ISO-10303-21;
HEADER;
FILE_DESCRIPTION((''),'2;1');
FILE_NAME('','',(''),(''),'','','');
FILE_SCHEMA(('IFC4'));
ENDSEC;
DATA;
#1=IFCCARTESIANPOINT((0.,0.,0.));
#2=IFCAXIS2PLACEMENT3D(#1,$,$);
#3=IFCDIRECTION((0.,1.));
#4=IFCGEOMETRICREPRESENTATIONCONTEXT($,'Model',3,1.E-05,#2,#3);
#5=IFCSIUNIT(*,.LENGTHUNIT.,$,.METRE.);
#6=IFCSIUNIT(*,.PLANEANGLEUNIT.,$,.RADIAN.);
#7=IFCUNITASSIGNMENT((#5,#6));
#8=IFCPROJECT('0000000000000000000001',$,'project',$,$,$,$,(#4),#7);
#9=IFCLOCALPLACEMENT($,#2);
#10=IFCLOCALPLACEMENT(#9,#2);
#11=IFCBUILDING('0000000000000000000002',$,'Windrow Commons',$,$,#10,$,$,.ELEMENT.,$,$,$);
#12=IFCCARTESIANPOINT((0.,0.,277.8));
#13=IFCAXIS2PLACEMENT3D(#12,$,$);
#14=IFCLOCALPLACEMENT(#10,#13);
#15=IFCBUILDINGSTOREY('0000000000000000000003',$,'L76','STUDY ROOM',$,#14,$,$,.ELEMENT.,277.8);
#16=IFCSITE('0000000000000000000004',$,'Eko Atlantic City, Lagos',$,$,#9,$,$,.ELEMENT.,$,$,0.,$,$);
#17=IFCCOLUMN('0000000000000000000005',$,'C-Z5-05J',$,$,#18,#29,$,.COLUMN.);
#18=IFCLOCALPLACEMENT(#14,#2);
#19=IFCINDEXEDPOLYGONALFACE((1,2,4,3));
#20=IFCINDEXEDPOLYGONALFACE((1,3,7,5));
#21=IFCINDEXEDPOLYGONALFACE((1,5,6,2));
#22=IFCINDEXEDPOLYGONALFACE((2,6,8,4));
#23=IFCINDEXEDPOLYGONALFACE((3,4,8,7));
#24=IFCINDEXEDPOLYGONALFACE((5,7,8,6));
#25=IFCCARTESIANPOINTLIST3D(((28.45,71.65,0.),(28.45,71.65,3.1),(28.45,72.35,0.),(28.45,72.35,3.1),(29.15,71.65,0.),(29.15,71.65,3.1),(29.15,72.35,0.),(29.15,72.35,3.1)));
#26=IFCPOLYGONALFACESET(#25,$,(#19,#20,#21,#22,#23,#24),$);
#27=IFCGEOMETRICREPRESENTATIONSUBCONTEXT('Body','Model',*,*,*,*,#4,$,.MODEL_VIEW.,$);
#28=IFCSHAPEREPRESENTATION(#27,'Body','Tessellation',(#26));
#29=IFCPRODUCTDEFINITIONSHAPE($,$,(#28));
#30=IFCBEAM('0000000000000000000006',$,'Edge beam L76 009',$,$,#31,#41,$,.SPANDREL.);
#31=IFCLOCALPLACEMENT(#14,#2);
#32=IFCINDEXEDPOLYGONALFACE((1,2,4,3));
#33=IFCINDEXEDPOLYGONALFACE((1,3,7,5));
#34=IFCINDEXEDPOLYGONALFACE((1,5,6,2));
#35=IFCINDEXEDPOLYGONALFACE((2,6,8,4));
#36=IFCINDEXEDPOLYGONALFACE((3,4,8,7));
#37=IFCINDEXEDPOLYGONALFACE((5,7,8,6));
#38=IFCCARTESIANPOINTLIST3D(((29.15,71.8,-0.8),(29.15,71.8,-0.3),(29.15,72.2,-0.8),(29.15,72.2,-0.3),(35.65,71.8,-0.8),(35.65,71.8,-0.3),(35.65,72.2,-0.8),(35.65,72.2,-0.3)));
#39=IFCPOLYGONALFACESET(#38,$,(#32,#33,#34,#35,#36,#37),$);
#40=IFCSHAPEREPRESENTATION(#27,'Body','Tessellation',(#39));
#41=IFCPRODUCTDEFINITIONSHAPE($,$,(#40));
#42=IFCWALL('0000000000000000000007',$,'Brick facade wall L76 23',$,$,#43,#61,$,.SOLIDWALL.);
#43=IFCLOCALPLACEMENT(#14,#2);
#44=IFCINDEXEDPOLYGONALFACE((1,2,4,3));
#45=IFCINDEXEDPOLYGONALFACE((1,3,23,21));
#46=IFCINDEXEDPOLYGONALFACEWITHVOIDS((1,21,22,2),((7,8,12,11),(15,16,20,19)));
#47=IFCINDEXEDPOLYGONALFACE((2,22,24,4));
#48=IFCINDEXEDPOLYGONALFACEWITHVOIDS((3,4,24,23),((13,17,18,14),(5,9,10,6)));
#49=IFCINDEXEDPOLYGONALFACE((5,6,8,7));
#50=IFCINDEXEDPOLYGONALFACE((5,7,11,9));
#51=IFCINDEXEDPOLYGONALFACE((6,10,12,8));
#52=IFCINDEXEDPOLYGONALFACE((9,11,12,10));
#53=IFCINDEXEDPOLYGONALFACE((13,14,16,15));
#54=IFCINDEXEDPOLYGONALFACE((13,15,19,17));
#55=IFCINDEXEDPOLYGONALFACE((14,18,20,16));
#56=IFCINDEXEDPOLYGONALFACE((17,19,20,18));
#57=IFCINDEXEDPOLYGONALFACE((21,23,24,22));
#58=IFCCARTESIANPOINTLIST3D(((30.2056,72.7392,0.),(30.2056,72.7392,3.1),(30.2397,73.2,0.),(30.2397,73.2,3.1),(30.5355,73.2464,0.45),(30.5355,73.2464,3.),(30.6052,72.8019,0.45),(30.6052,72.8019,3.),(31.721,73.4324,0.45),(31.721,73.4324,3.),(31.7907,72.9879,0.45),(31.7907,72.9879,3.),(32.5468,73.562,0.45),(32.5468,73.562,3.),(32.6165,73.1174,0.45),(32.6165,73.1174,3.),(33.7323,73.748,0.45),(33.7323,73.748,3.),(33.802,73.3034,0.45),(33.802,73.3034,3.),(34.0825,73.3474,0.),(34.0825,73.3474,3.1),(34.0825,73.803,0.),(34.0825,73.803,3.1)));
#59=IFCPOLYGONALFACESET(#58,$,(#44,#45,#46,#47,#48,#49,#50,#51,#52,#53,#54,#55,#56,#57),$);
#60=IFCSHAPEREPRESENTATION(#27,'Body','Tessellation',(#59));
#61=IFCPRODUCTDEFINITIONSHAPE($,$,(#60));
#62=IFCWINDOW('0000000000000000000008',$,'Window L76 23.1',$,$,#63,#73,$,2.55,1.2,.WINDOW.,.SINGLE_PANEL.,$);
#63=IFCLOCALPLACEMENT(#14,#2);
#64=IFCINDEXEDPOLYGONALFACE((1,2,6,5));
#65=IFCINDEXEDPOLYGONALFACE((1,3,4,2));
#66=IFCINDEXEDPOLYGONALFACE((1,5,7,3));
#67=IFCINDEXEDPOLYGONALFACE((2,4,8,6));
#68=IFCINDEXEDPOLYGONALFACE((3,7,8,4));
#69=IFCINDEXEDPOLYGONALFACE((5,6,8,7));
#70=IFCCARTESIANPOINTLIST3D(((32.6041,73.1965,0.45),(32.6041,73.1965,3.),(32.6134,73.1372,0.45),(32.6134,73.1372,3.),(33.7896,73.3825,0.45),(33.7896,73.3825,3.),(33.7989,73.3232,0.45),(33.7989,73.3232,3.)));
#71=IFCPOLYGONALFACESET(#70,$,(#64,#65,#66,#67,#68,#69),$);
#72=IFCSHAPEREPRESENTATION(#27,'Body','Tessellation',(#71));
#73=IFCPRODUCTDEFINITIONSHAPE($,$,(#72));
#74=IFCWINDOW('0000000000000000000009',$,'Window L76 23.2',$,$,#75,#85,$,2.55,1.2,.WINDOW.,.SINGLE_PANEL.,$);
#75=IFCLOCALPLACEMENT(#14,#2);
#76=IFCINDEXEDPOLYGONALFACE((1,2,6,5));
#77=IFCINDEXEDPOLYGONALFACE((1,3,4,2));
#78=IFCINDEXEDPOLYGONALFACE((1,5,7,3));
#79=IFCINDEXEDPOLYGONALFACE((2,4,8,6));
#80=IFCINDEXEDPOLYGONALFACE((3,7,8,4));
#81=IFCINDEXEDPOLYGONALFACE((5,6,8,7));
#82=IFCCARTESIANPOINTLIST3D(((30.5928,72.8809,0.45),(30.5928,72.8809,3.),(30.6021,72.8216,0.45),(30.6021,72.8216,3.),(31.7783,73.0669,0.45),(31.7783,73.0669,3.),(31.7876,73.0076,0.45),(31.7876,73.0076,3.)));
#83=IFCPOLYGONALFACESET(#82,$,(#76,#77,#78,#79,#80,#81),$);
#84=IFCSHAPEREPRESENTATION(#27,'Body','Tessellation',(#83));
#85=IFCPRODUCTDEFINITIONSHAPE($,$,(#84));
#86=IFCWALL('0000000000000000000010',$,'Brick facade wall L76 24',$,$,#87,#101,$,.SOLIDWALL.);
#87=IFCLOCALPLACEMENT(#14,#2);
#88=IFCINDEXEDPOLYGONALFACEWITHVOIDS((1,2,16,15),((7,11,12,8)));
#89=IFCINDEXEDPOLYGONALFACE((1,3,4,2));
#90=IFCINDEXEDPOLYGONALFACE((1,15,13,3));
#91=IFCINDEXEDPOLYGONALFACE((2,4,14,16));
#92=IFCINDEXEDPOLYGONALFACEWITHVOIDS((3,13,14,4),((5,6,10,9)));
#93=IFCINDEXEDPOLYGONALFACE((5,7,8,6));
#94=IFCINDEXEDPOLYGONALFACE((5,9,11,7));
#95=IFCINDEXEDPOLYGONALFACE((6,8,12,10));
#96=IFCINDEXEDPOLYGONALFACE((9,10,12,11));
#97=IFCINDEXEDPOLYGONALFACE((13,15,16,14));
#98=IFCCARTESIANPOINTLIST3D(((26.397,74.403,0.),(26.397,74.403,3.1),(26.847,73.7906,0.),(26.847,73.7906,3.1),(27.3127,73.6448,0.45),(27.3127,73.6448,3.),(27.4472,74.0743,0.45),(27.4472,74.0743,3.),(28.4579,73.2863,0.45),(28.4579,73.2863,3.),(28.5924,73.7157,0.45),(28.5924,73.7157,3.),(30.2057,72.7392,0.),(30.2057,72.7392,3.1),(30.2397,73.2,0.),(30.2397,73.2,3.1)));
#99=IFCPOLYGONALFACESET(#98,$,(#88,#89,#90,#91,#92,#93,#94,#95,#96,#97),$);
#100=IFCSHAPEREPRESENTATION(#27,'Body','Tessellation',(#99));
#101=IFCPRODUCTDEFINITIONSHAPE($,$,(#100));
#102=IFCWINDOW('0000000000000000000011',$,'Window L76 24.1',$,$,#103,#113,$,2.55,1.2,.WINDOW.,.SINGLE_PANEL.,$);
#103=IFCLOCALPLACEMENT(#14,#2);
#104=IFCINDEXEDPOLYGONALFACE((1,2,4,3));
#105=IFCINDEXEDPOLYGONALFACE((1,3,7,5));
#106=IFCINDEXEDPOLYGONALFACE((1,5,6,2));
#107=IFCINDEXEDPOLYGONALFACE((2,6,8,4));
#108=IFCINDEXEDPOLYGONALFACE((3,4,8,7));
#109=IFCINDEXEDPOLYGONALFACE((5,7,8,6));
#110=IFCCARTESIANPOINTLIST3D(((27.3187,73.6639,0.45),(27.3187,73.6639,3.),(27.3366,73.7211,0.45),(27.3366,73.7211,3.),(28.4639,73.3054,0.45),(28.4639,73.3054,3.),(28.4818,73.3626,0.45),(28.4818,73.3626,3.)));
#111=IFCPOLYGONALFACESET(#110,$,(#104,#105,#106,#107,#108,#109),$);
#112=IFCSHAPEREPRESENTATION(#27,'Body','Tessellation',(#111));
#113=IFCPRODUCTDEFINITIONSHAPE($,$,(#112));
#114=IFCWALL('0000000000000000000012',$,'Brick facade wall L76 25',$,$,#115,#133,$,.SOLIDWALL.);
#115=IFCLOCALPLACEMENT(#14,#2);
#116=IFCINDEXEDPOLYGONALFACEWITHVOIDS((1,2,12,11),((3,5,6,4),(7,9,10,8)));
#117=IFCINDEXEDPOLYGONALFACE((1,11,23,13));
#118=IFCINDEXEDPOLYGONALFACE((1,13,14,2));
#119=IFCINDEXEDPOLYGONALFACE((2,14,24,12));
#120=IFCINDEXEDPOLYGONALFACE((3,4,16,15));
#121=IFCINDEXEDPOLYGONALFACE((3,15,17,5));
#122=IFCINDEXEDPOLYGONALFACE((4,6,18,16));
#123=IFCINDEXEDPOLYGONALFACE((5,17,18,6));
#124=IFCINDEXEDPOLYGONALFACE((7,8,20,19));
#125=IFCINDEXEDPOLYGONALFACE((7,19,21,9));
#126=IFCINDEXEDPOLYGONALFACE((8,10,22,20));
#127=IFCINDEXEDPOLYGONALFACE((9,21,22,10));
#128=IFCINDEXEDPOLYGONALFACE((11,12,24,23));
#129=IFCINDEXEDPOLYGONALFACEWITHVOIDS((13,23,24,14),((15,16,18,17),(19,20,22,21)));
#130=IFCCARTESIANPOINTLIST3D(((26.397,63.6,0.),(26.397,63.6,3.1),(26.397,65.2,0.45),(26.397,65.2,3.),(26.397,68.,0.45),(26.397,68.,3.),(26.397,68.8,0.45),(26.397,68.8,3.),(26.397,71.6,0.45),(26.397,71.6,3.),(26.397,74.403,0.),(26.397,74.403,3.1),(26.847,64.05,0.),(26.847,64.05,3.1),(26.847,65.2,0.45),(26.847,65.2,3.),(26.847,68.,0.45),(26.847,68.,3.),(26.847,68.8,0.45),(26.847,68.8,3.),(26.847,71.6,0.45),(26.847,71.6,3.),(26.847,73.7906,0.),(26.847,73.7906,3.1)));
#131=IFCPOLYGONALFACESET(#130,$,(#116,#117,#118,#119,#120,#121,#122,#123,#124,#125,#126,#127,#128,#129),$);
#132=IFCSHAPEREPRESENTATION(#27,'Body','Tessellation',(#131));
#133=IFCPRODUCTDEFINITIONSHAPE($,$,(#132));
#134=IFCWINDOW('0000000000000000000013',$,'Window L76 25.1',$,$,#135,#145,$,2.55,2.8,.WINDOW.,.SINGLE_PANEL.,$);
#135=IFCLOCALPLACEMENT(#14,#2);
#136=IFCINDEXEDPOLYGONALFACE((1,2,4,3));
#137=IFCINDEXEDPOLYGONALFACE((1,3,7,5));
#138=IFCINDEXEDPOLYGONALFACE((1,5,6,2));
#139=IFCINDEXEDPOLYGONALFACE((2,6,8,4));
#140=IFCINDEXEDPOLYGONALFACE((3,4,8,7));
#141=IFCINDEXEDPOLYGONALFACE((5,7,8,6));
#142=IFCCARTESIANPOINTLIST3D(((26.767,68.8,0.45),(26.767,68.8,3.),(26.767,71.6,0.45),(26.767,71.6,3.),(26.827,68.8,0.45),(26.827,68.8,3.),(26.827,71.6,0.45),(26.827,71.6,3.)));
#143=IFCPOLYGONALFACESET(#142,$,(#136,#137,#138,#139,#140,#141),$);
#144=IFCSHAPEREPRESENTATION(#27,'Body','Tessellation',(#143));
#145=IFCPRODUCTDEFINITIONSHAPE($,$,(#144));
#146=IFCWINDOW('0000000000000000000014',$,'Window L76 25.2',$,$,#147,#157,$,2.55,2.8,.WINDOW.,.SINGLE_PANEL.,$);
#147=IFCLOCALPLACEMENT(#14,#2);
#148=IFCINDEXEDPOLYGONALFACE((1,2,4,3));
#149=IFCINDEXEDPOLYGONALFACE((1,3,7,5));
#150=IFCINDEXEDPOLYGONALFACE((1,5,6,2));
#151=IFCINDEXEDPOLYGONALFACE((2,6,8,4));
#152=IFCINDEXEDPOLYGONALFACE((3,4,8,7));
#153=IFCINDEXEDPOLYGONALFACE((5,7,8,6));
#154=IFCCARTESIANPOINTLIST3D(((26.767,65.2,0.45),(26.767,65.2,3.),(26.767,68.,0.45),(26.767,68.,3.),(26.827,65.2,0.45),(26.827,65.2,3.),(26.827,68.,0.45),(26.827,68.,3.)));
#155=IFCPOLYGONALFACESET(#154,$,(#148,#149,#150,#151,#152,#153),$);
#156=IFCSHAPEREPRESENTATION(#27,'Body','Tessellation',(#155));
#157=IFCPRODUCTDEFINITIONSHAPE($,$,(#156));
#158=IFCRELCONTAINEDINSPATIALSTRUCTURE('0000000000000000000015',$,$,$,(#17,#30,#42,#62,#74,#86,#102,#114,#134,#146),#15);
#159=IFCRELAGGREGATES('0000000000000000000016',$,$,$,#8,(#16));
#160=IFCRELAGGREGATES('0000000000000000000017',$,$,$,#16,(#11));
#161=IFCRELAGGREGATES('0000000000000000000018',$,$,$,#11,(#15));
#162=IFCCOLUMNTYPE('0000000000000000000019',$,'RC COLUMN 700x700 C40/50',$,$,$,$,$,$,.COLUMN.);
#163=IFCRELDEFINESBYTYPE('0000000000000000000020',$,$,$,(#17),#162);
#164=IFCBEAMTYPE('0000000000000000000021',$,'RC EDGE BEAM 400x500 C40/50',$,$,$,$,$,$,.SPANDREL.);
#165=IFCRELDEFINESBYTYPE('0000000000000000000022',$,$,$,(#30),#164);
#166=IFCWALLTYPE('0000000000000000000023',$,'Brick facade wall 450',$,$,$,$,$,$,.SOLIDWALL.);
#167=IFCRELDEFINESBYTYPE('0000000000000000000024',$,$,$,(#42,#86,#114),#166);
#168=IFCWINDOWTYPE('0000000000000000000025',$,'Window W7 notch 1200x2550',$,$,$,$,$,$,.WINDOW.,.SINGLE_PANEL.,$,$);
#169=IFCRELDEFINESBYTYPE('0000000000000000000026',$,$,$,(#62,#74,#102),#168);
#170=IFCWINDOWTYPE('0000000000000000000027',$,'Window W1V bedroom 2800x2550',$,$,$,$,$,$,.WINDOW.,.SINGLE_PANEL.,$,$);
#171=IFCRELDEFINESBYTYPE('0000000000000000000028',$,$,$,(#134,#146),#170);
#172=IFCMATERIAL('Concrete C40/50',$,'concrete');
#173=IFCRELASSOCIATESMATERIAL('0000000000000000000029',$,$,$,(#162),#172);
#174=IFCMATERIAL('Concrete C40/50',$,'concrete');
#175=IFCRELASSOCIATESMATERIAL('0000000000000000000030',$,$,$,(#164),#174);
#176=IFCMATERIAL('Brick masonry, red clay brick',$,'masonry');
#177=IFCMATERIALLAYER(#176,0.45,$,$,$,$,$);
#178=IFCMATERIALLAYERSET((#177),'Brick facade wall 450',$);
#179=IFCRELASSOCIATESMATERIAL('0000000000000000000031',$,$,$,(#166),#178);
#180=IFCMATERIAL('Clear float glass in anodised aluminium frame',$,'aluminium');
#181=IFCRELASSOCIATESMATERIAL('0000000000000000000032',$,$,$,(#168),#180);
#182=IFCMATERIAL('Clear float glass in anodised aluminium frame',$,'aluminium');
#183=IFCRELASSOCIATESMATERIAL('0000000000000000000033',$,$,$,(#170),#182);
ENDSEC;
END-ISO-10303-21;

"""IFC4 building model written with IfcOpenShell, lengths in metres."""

from ifc_helpers import new_model, si_unit, direction, frame, frame_2d, origin, origin_2d, place, context, subcontext, project, spatial, polyline, rectangle, outline, extrude, material, layer, layer_set, material_profile, profile_set, type_object, element, fill, save


model = new_model("IFC4")

# Units and contexts
model_context = context("Model", 3, precision=1e-05, world=origin(), true_north=direction((0.0, 1.0)))
body_context = subcontext(model_context, "Body", "Model", "MODEL_VIEW")
ifc_project = project(units=[si_unit("LENGTHUNIT", "METRE"), si_unit("PLANEANGLEUNIT", "RADIAN")], contexts=[model_context])

# Site, building, storey
site_placement = place(None, origin())
site = spatial("IfcSite", under=ifc_project, at=site_placement, Name="Eko Atlantic City, Lagos", CompositionType="ELEMENT", RefElevation=0.0)
building_placement = place(site_placement, origin())
building = spatial("IfcBuilding", under=site, at=building_placement, Name="Windrow Commons", CompositionType="ELEMENT")
storey_placement = place(building_placement, frame((0.0, 0.0, 277.8)))
storey = spatial("IfcBuildingStorey", under=building, at=storey_placement, Name="L76", Description="STUDY ROOM", CompositionType="ELEMENT", Elevation=277.8)

# Column
ifc_material_1 = material(Name="Concrete C40/50", Category="concrete")
ifc_material_profile_1 = material_profile(ifc_material_1, rectangle(XDim=0.7, YDim=0.7, at=origin_2d()))
ifc_profile_set_1 = profile_set([ifc_material_profile_1], Name="Concrete C40/50")
column_type = type_object("IfcColumnType", Name="RC COLUMN 700x700 C40/50", PredefinedType="COLUMN", material=ifc_profile_set_1)
column_placement = place(storey_placement, frame((28.8, 72.0, 0.0), z_axis=(0.0, 0.0, 1.0), x_axis=(1.0, 0.0, 0.0)))
element("IfcColumn", 1, at=column_placement, inside=storey, type_object=column_type, Name="C-Z5-05J", PredefinedType="COLUMN", context=body_context, shape_type="SweptSolid", body=[
    extrude(rectangle(XDim=0.7, YDim=0.7, at=origin_2d()), origin(), (0.0, 0.0, 1.0), 3.1),
])

# Beam
ifc_material_2 = material(Name="Concrete C40/50", Category="concrete")
ifc_material_profile_2 = material_profile(ifc_material_2, rectangle(XDim=0.4, YDim=0.5, at=origin_2d()))
ifc_profile_set_2 = profile_set([ifc_material_profile_2], Name="Concrete C40/50")
beam_type = type_object("IfcBeamType", Name="RC EDGE BEAM 400x500 C40/50", PredefinedType="SPANDREL", material=ifc_profile_set_2)
beam_placement = place(storey_placement, frame((29.15, 72.0, -0.55), z_axis=(1.0, 0.0, 0.0), x_axis=(0.0, 1.0, 0.0)))
element("IfcBeam", 2, at=beam_placement, inside=storey, type_object=beam_type, Name="Edge beam L76 009", PredefinedType="SPANDREL", context=body_context, shape_type="SweptSolid", body=[
    extrude(rectangle(XDim=0.4, YDim=0.5, at=origin_2d()), origin(), (0.0, 0.0, 1.0), 6.5),
])

# Wall, openings, windows
ifc_material_3 = material(Name="Brick masonry, red clay brick", Category="masonry")
ifc_layer_1 = layer(ifc_material_3, 0.45)
ifc_layer_set_1 = layer_set([ifc_layer_1], Name="Brick facade wall 450")
wall_type_1 = type_object("IfcWallType", Name="Brick facade wall 450", PredefinedType="SOLIDWALL", material=ifc_layer_set_1)
wall_1_placement = place(storey_placement, frame((34.0825, 73.5752, 0.0), z_axis=(0.0, 0.0, 1.0), x_axis=(-0.987914, -0.155003, 0.0)))
wall_1 = element("IfcWall", 3, at=wall_1_placement, inside=storey, type_object=wall_type_1, Name="Brick facade wall L76 23", PredefinedType="SOLIDWALL", context=body_context, shape_type="SweptSolid", body=[
    extrude(outline(polyline([(-0.0353, -0.225), (3.8545, -0.225), (3.9596, 0.225), (0.0353, 0.225), (-0.0353, -0.225)])), origin(), (0.0, 0.0, 1.0), 3.1),
])
opening_1_placement = place(wall_1_placement, frame((0.3192, 0.0, 0.45)))
opening_1 = element("IfcOpeningElement", 4, at=opening_1_placement, cuts=wall_1, PredefinedType="OPENING", context=body_context, shape_type="SweptSolid", body=[
    extrude(rectangle(XDim=1.2, YDim=2.55, at=frame_2d((0.6, 1.275))), frame((0.0, 0.235, 0.0), z_axis=(0.0, -1.0, 0.0), x_axis=(1.0, 0.0, 0.0)), (0.0, 0.0, 1.0), 0.47),
])
opening_2_placement = place(wall_1_placement, frame((2.3551, 0.0, 0.45)))
opening_2 = element("IfcOpeningElement", 5, at=opening_2_placement, cuts=wall_1, PredefinedType="OPENING", context=body_context, shape_type="SweptSolid", body=[
    extrude(rectangle(XDim=1.2, YDim=2.55, at=frame_2d((0.6, 1.275))), frame((0.0, 0.235, 0.0), z_axis=(0.0, -1.0, 0.0), x_axis=(1.0, 0.0, 0.0)), (0.0, 0.0, 1.0), 0.47),
])
ifc_material_4 = material(Name="Clear float glass in anodised aluminium frame", Category="aluminium")
window_type_1 = type_object("IfcWindowType", Name="Window W7 notch 1200x2550", PartitioningType="SINGLE_PANEL", PredefinedType="WINDOW", material=ifc_material_4)
window_1_placement = place(opening_1_placement, origin())
window_1 = element("IfcWindow", 6, at=window_1_placement, inside=storey, type_object=window_type_1, Name="Window L76 23.1", OverallHeight=2.55, OverallWidth=1.2, PartitioningType="SINGLE_PANEL", PredefinedType="WINDOW", context=body_context, shape_type="SweptSolid", body=[
    extrude(rectangle(XDim=1.2, YDim=2.55, at=frame_2d((0.6, 1.275))), frame((0.0, 0.205, 0.0), z_axis=(0.0, -1.0, 0.0), x_axis=(1.0, 0.0, 0.0)), (0.0, 0.0, 1.0), 0.06),
])
fill(opening_1, window_1)
window_2_placement = place(opening_2_placement, origin())
window_2 = element("IfcWindow", 7, at=window_2_placement, inside=storey, type_object=window_type_1, Name="Window L76 23.2", OverallHeight=2.55, OverallWidth=1.2, PartitioningType="SINGLE_PANEL", PredefinedType="WINDOW", context=body_context, shape_type="SweptSolid", body=[
    extrude(rectangle(XDim=1.2, YDim=2.55, at=frame_2d((0.6, 1.275))), frame((0.0, 0.205, 0.0), z_axis=(0.0, -1.0, 0.0), x_axis=(1.0, 0.0, 0.0)), (0.0, 0.0, 1.0), 0.06),
])
fill(opening_2, window_2)

# Wall, opening, window
wall_2_placement = place(storey_placement, frame((30.2227, 72.9696, 0.0), z_axis=(0.0, 0.0, 1.0), x_axis=(-0.95433, 0.298753, 0.0)))
wall_2 = element("IfcWall", 8, at=wall_2_placement, inside=storey, type_object=wall_type_1, Name="Brick facade wall L76 24", PredefinedType="SOLIDWALL", context=body_context, shape_type="SweptSolid", body=[
    extrude(outline(polyline([(0.0526, -0.225), (4.0792, -0.225), (3.4668, 0.225), (-0.0526, 0.225), (0.0526, -0.225)])), origin(), (0.0, 0.0, 1.0), 3.1),
])
opening_3_placement = place(wall_2_placement, frame((1.7788, 0.0, 0.45)))
opening_3 = element("IfcOpeningElement", 9, at=opening_3_placement, cuts=wall_2, PredefinedType="OPENING", context=body_context, shape_type="SweptSolid", body=[
    extrude(rectangle(XDim=1.2, YDim=2.55, at=frame_2d((0.6, 1.275))), frame((0.0, 0.235, 0.0), z_axis=(0.0, -1.0, 0.0), x_axis=(1.0, 0.0, 0.0)), (0.0, 0.0, 1.0), 0.47),
])
window_3_placement = place(opening_3_placement, origin())
window_3 = element("IfcWindow", 10, at=window_3_placement, inside=storey, type_object=window_type_1, Name="Window L76 24.1", OverallHeight=2.55, OverallWidth=1.2, PartitioningType="SINGLE_PANEL", PredefinedType="WINDOW", context=body_context, shape_type="SweptSolid", body=[
    extrude(rectangle(XDim=1.2, YDim=2.55, at=frame_2d((0.6, 1.275))), frame((0.0, 0.205, 0.0), z_axis=(0.0, -1.0, 0.0), x_axis=(1.0, 0.0, 0.0)), (0.0, 0.0, 1.0), 0.06),
])
fill(opening_3, window_3)

# Wall, openings, windows
wall_3_placement = place(storey_placement, frame((26.622, 74.0968, 0.0), z_axis=(0.0, 0.0, 1.0), x_axis=(0.0, -1.0, 0.0)))
wall_3 = element("IfcWall", 11, at=wall_3_placement, inside=storey, type_object=wall_type_1, Name="Brick facade wall L76 25", PredefinedType="SOLIDWALL", context=body_context, shape_type="SweptSolid", body=[
    extrude(outline(polyline([(-0.3062, -0.225), (10.4968, -0.225), (10.0468, 0.225), (0.3062, 0.225), (-0.3062, -0.225)])), origin(), (0.0, 0.0, 1.0), 3.1),
])
opening_4_placement = place(wall_3_placement, frame((2.4968, 0.0, 0.45)))
opening_4 = element("IfcOpeningElement", 12, at=opening_4_placement, cuts=wall_3, PredefinedType="OPENING", context=body_context, shape_type="SweptSolid", body=[
    extrude(rectangle(XDim=2.8, YDim=2.55, at=frame_2d((1.4, 1.275))), frame((0.0, 0.235, 0.0), z_axis=(0.0, -1.0, 0.0), x_axis=(1.0, 0.0, 0.0)), (0.0, 0.0, 1.0), 0.47),
])
opening_5_placement = place(wall_3_placement, frame((6.0968, 0.0, 0.45)))
opening_5 = element("IfcOpeningElement", 13, at=opening_5_placement, cuts=wall_3, PredefinedType="OPENING", context=body_context, shape_type="SweptSolid", body=[
    extrude(rectangle(XDim=2.8, YDim=2.55, at=frame_2d((1.4, 1.275))), frame((0.0, 0.235, 0.0), z_axis=(0.0, -1.0, 0.0), x_axis=(1.0, 0.0, 0.0)), (0.0, 0.0, 1.0), 0.47),
])
ifc_material_5 = material(Name="Clear float glass in anodised aluminium frame", Category="aluminium")
window_type_2 = type_object("IfcWindowType", Name="Window W1V bedroom 2800x2550", PartitioningType="SINGLE_PANEL", PredefinedType="WINDOW", material=ifc_material_5)
window_4_placement = place(opening_4_placement, origin())
window_4 = element("IfcWindow", 14, at=window_4_placement, inside=storey, type_object=window_type_2, Name="Window L76 25.1", OverallHeight=2.55, OverallWidth=2.8, PartitioningType="SINGLE_PANEL", PredefinedType="WINDOW", context=body_context, shape_type="SweptSolid", body=[
    extrude(rectangle(XDim=2.8, YDim=2.55, at=frame_2d((1.4, 1.275))), frame((0.0, 0.205, 0.0), z_axis=(0.0, -1.0, 0.0), x_axis=(1.0, 0.0, 0.0)), (0.0, 0.0, 1.0), 0.06),
])
fill(opening_4, window_4)
window_5_placement = place(opening_5_placement, origin())
window_5 = element("IfcWindow", 15, at=window_5_placement, inside=storey, type_object=window_type_2, Name="Window L76 25.2", OverallHeight=2.55, OverallWidth=2.8, PartitioningType="SINGLE_PANEL", PredefinedType="WINDOW", context=body_context, shape_type="SweptSolid", body=[
    extrude(rectangle(XDim=2.8, YDim=2.55, at=frame_2d((1.4, 1.275))), frame((0.0, 0.205, 0.0), z_axis=(0.0, -1.0, 0.0), x_axis=(1.0, 0.0, 0.0)), (0.0, 0.0, 1.0), 0.06),
])
fill(opening_5, window_5)

save(model, "model.ifc")
